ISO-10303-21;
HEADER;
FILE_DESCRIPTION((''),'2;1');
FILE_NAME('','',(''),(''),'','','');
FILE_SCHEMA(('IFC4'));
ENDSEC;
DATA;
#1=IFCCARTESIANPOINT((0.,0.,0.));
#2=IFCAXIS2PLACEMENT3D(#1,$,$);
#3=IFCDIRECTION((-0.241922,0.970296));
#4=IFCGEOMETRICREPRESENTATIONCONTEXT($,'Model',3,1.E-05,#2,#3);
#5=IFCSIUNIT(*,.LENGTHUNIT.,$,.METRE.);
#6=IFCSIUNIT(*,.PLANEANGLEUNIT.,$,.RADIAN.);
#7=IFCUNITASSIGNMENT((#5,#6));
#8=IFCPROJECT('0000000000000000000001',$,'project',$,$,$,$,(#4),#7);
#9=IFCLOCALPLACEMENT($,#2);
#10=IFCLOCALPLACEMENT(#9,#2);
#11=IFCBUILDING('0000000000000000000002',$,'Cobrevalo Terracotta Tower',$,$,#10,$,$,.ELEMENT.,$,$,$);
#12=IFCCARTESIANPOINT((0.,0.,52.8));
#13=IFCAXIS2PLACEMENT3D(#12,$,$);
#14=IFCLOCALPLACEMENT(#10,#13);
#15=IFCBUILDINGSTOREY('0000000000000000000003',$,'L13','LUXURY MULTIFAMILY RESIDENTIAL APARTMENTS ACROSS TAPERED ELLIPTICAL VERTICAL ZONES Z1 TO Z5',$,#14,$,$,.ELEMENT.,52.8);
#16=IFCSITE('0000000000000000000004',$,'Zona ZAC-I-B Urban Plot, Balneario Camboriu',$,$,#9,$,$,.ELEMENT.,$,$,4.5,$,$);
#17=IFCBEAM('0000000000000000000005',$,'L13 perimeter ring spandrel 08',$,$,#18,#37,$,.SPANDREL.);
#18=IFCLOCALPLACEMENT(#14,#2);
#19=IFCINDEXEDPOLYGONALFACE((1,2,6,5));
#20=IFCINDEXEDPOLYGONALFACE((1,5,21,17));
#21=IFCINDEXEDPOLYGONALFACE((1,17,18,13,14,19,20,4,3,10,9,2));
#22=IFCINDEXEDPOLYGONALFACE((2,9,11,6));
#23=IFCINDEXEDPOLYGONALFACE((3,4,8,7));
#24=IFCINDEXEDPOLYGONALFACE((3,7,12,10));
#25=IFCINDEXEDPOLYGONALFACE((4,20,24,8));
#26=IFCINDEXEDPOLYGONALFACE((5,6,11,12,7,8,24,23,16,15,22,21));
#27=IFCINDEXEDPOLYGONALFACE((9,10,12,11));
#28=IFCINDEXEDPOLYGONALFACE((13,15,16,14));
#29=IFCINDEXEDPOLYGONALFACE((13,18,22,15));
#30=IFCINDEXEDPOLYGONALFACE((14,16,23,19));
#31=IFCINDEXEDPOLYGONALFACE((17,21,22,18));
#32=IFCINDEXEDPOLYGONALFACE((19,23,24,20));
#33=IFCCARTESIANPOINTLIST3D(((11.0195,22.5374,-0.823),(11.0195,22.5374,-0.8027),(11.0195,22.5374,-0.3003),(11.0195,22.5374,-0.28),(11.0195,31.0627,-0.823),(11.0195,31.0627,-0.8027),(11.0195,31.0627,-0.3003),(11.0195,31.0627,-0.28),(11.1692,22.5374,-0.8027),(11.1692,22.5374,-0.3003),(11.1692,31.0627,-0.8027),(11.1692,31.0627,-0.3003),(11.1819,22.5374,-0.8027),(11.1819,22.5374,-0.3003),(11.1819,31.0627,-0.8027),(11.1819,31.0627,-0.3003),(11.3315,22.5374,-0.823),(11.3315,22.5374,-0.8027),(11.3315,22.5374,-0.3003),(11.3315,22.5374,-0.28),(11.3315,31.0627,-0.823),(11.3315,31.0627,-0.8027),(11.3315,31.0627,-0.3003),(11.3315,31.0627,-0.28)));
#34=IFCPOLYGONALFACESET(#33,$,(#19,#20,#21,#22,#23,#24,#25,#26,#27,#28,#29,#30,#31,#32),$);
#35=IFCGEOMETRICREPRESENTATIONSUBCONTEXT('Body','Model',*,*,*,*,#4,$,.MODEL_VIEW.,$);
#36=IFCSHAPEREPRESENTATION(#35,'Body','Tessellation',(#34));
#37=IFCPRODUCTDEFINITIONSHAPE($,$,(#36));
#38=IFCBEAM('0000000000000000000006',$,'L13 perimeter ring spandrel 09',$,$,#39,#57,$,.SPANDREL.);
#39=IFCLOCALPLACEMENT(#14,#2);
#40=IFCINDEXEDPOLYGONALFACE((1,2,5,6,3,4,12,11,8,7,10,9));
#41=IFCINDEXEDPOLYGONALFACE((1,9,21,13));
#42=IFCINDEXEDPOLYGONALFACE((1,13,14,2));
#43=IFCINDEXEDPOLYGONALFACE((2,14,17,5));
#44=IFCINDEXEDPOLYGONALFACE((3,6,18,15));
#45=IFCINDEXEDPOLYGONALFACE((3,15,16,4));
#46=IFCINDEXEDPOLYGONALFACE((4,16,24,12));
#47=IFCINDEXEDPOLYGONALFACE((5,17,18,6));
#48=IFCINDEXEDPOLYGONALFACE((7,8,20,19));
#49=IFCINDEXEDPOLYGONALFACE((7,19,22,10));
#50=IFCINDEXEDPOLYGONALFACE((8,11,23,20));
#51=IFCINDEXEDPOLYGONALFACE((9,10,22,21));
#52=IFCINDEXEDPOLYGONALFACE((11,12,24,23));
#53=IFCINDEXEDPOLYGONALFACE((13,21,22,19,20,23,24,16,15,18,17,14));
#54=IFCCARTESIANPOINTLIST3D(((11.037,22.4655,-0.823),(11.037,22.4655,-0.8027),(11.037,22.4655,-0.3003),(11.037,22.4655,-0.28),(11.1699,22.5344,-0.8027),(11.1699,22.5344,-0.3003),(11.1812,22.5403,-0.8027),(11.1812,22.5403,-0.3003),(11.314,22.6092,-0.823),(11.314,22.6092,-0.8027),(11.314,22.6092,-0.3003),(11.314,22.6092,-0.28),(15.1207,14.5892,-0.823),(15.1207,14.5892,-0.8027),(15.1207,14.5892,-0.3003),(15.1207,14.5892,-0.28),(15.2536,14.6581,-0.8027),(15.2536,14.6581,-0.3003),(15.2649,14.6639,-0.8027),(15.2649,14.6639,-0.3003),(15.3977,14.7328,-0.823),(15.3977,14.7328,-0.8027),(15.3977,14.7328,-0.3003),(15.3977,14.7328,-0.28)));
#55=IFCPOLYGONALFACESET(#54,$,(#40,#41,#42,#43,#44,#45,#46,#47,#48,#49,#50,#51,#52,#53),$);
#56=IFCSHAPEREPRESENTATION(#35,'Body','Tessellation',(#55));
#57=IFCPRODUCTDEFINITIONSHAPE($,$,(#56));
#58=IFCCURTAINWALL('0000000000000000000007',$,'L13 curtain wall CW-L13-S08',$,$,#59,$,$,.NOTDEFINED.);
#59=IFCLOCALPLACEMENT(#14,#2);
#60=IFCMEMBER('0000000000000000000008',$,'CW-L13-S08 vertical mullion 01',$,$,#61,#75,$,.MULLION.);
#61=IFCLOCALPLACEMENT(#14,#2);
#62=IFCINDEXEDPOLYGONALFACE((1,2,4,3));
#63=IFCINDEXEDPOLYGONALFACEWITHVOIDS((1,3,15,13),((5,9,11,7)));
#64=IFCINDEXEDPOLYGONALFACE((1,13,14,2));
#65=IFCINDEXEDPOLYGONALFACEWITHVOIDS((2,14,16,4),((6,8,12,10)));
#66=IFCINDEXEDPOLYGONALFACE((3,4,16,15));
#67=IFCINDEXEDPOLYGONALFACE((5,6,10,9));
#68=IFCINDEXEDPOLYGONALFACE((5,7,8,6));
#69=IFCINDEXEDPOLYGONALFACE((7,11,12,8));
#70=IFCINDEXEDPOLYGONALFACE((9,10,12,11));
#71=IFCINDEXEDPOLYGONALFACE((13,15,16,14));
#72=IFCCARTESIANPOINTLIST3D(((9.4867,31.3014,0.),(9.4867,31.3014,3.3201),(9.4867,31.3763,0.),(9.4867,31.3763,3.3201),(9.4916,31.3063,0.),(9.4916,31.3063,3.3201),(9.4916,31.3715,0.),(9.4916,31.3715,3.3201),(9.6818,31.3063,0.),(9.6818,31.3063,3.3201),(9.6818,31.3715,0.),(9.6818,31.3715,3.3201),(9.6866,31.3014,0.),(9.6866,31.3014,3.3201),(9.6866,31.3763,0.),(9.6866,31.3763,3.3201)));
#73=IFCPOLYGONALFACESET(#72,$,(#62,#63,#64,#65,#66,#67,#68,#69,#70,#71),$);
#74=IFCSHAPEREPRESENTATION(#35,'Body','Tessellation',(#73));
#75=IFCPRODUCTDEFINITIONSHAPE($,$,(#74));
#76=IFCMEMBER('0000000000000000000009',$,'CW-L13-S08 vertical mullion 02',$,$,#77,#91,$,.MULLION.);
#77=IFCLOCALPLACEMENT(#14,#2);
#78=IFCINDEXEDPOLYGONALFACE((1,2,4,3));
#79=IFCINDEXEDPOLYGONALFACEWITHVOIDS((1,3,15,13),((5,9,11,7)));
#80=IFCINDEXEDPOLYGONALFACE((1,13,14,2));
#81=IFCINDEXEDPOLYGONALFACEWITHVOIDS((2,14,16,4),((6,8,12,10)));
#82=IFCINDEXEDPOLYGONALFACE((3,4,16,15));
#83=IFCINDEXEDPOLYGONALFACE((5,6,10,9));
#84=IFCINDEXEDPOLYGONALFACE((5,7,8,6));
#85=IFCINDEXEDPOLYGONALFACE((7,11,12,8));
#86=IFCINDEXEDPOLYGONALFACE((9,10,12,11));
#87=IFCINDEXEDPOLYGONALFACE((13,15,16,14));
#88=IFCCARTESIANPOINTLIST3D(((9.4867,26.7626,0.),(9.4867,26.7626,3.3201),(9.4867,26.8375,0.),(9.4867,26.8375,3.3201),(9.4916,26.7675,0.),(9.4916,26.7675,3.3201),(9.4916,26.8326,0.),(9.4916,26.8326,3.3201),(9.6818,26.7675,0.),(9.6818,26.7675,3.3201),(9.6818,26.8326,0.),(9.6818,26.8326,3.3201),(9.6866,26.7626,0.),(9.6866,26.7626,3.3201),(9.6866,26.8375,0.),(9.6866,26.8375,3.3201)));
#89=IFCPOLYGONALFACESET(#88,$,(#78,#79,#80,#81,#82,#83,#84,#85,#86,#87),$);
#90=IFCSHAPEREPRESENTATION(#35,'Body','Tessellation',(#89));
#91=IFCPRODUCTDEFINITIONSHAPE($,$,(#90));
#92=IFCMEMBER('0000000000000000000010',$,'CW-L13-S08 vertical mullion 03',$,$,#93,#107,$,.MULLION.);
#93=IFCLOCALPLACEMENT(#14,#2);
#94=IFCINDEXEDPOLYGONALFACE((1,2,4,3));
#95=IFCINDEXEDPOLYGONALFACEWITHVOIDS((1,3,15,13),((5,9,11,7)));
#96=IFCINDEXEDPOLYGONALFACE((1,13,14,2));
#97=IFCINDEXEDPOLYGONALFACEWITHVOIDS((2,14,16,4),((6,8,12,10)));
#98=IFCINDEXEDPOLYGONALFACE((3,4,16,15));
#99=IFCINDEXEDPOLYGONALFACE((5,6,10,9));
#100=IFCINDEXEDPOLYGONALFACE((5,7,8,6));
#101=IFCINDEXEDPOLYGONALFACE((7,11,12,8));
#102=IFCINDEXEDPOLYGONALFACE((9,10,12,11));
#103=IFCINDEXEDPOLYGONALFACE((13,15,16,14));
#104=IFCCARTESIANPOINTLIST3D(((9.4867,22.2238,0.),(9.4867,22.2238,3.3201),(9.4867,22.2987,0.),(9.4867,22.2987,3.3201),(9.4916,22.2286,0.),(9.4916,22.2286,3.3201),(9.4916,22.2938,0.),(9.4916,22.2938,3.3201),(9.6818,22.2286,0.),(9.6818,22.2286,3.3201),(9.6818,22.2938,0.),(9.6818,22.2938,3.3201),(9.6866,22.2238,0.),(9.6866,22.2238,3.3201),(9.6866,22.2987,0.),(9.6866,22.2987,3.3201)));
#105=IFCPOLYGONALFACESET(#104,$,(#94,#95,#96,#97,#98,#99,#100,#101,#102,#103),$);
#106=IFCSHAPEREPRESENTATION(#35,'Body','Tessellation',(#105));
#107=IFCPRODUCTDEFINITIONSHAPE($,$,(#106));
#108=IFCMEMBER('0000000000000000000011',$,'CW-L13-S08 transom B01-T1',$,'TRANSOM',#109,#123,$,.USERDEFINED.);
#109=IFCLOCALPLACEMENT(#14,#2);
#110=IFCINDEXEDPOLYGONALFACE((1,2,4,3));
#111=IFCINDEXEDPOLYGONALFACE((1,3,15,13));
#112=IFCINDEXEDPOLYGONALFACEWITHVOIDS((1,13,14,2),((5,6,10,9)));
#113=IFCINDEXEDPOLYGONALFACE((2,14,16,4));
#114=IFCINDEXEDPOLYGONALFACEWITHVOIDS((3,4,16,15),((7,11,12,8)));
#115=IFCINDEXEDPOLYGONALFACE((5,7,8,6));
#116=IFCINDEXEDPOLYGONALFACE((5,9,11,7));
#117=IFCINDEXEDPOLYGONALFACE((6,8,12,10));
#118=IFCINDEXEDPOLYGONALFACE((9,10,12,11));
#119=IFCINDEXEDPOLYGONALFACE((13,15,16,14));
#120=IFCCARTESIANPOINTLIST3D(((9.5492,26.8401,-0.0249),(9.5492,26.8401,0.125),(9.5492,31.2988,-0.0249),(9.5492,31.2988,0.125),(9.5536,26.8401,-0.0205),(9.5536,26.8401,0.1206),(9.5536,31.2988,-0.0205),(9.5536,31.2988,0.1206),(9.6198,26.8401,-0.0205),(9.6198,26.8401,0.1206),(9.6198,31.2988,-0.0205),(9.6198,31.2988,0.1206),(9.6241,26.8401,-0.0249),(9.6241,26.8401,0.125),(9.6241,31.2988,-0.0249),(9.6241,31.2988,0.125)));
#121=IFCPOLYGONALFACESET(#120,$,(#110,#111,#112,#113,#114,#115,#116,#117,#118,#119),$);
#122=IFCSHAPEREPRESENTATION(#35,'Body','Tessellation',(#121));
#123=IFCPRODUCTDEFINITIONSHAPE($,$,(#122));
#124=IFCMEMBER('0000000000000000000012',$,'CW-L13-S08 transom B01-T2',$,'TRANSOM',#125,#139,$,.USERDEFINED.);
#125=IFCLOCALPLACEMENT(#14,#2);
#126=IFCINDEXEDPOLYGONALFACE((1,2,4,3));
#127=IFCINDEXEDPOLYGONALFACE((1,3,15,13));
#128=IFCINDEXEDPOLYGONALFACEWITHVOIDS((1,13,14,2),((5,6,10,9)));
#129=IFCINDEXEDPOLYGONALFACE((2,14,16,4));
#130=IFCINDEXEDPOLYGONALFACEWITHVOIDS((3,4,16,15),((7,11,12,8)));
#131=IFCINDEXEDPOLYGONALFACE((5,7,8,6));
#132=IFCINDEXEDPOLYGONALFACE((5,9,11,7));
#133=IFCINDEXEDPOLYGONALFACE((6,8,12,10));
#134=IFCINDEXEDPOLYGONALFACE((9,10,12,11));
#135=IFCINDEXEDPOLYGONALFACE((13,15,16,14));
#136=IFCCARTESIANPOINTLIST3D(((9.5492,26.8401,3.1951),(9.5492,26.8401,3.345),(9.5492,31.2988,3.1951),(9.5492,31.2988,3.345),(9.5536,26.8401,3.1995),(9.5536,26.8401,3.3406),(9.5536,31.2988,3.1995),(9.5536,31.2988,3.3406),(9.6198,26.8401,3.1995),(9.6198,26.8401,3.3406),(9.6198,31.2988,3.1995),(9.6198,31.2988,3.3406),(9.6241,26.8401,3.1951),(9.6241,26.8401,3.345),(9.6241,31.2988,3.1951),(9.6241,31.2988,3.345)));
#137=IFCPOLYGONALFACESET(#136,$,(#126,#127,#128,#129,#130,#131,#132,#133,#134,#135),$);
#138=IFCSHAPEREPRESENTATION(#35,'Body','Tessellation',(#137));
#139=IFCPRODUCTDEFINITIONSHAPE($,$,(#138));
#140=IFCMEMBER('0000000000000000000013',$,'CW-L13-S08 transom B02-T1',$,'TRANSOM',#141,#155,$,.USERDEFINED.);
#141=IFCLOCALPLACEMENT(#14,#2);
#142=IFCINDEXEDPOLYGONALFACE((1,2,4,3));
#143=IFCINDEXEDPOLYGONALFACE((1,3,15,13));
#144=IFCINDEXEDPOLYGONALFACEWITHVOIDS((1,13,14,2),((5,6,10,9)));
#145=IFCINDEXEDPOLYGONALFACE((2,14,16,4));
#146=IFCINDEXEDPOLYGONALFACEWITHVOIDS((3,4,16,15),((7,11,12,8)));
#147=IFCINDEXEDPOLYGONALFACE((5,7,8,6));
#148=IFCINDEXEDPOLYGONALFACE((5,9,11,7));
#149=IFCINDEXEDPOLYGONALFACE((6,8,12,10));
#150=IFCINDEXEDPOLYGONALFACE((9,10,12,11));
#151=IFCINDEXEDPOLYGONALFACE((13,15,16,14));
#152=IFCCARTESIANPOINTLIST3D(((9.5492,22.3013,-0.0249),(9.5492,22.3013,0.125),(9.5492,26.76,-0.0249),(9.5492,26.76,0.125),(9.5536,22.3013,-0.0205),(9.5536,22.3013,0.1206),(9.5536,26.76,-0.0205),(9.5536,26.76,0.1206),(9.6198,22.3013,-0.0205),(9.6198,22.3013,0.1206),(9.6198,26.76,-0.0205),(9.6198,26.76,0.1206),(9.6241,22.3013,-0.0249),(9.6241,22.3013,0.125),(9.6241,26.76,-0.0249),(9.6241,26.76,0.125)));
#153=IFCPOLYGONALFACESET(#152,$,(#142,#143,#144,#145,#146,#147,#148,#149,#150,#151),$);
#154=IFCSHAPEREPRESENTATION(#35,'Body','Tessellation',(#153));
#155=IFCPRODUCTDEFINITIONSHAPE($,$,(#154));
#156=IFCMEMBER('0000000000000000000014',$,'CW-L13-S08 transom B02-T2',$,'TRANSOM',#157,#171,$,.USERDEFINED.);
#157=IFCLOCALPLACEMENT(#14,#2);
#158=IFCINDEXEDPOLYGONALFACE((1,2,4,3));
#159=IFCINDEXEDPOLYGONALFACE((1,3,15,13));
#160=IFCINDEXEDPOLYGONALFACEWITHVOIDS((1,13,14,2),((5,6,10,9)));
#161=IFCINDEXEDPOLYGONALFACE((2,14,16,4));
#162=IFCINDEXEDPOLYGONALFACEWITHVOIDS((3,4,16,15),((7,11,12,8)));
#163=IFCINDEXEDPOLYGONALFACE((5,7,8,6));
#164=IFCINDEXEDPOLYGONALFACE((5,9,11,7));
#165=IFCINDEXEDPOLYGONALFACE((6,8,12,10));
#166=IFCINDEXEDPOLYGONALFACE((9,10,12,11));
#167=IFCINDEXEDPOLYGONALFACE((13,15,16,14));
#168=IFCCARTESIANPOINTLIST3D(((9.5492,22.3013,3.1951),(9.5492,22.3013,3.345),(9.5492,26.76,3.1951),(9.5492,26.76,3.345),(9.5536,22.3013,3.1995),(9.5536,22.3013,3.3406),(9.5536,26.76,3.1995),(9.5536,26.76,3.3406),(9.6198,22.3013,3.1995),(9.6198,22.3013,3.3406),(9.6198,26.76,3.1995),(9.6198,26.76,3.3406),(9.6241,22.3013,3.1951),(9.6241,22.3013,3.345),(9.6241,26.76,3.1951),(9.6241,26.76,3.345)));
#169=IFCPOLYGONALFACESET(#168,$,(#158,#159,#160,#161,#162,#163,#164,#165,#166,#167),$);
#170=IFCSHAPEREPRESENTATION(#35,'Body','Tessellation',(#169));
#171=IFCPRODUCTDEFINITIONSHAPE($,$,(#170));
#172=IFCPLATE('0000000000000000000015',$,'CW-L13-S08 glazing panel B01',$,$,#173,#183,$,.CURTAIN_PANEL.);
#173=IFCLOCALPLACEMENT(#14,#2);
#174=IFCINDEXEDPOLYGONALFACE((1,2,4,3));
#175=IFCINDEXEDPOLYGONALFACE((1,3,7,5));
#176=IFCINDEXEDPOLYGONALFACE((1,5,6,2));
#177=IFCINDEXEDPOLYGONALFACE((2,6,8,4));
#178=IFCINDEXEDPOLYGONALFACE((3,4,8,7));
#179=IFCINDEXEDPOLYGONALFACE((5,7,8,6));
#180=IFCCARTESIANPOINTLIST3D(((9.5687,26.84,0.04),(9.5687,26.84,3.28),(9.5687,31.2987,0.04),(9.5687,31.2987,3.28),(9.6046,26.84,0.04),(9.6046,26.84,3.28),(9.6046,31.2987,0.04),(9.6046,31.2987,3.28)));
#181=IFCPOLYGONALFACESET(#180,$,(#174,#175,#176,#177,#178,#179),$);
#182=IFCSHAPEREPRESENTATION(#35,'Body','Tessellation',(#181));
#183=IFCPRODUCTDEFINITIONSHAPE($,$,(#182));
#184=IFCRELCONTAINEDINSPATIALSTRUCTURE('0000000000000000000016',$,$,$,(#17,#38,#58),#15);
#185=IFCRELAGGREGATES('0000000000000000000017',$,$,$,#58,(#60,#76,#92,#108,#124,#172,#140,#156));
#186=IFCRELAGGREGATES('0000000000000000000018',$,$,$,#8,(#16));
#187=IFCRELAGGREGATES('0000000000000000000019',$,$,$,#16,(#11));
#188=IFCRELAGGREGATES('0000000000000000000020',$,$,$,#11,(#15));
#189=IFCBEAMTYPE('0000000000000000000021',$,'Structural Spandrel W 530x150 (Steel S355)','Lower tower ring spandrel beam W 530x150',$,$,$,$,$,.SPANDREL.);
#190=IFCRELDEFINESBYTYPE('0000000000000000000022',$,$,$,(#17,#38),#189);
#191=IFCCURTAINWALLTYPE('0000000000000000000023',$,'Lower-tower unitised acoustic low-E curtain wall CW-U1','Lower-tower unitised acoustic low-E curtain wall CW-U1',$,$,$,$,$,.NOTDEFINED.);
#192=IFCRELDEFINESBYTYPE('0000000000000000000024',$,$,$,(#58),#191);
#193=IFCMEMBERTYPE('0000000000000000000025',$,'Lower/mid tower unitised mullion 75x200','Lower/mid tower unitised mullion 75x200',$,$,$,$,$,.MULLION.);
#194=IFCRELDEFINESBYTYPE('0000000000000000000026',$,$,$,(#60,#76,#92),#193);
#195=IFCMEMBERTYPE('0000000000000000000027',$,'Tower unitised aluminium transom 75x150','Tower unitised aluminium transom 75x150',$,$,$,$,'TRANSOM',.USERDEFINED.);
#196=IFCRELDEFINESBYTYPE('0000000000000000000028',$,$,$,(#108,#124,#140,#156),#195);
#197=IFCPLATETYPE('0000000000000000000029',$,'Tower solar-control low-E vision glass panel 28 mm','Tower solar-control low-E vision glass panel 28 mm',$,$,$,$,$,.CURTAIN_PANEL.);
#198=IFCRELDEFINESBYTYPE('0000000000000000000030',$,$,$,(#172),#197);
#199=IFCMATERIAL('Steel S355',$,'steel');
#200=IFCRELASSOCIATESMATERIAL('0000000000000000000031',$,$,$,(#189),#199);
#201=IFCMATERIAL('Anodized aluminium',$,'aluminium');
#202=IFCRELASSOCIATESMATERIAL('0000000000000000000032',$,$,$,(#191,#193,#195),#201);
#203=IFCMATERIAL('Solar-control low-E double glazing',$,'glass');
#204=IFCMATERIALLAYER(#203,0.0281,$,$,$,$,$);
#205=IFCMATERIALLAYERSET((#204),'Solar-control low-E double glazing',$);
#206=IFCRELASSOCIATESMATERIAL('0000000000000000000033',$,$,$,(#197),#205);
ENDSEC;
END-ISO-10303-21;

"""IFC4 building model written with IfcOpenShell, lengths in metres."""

from ifc_helpers import new_model, si_unit, direction, frame, origin, origin_2d, place, context, subcontext, project, spatial, rectangle, hollow_rectangle, i_section, extrude, source, transform, mapped, material, layer, layer_set, material_profile, profile_set, type_object, element, aggregate, save


model = new_model("IFC4")

# Units and contexts
model_context = context("Model", 3, precision=1e-05, world=origin(), true_north=direction((-0.241922, 0.970296)))
body_context = subcontext(model_context, "Body", "Model", "MODEL_VIEW")
ifc_project = project(units=[si_unit("LENGTHUNIT", "METRE"), si_unit("PLANEANGLEUNIT", "RADIAN")], contexts=[model_context])

# Site, building, storey
site_placement = place(None, origin())
site = spatial("IfcSite", under=ifc_project, at=site_placement, Name="Zona ZAC-I-B Urban Plot, Balneario Camboriu", CompositionType="ELEMENT", RefElevation=4.5)
building_placement = place(site_placement, origin())
building = spatial("IfcBuilding", under=site, at=building_placement, Name="Cobrevalo Terracotta Tower", CompositionType="ELEMENT")
storey_placement = place(building_placement, frame((0.0, 0.0, 52.8)))
storey = spatial("IfcBuildingStorey", under=building, at=storey_placement, Name="L13", Description="LUXURY MULTIFAMILY RESIDENTIAL APARTMENTS ACROSS TAPERED ELLIPTICAL VERTICAL ZONES Z1 TO Z5", CompositionType="ELEMENT", Elevation=52.8)

# Shared definitions
ifc_material_1 = material(Name="Steel S355", Category="steel")

# Beams
ifc_material_profile_1 = material_profile(ifc_material_1, i_section(OverallWidth=0.312, OverallDepth=0.543, WebThickness=0.0127, FlangeThickness=0.0203, at=origin_2d()), Name="W 530x150")
ifc_profile_set_1 = profile_set([ifc_material_profile_1], Name="Steel S355")
beam_type_1 = type_object("IfcBeamType", Name="Structural Spandrel W 530x150 (Steel S355)", Description="Lower tower ring spandrel beam W 530x150", PredefinedType="SPANDREL", material=ifc_profile_set_1)
beam_1_placement = place(storey_placement, frame((11.1755, 31.0627, -0.5515), z_axis=(0.0, -1.0, 0.0), x_axis=(1.0, 0.0, 0.0)))
element("IfcBeam", 1, at=beam_1_placement, inside=storey, type_object=beam_type_1, Name="L13 perimeter ring spandrel 08", PredefinedType="SPANDREL", context=body_context, shape_type="SweptSolid", body=[
    extrude(i_section(OverallWidth=0.312, OverallDepth=0.543, WebThickness=0.0127, FlangeThickness=0.0203, at=origin_2d()), origin(), (0.0, 0.0, 1.0), 8.5254),
])
beam_2_placement = place(storey_placement, frame((11.1755, 22.5374, -0.5515), z_axis=(0.460286, -0.887771, 0.0), x_axis=(0.887771, 0.460286, 0.0)))
element("IfcBeam", 2, at=beam_2_placement, inside=storey, type_object=beam_type_1, Name="L13 perimeter ring spandrel 09", PredefinedType="SPANDREL", context=body_context, shape_type="SweptSolid", body=[
    extrude(i_section(OverallWidth=0.312, OverallDepth=0.543, WebThickness=0.0127, FlangeThickness=0.0203, at=origin_2d()), origin(), (0.0, 0.0, 1.0), 8.8721),
])

# Curtain wall, members, plate
ifc_material_2 = material(Name="Anodized aluminium", Category="aluminium")
curtain_wall_type = type_object("IfcCurtainWallType", Name="Lower-tower unitised acoustic low-E curtain wall CW-U1", Description="Lower-tower unitised acoustic low-E curtain wall CW-U1", PredefinedType="NOTDEFINED", material=ifc_material_2)
curtain_wall_placement = place(storey_placement, origin())
curtain_wall = element("IfcCurtainWall", 3, at=curtain_wall_placement, inside=storey, type_object=curtain_wall_type, Name="L13 curtain wall CW-L13-S08", PredefinedType="NOTDEFINED")
ifc_material_profile_2 = material_profile(ifc_material_2, hollow_rectangle(XDim=0.075, YDim=0.2, WallThickness=0.0049, at=origin_2d()), Name="CWM 75x200")
ifc_profile_set_2 = profile_set([ifc_material_profile_2], Name="Anodized aluminium")
member_type_1 = type_object("IfcMemberType", Name="Lower/mid tower unitised mullion 75x200", Description="Lower/mid tower unitised mullion 75x200", PredefinedType="MULLION", material=ifc_profile_set_2)
shared_shape_1 = source(origin(), body_context, "Body", "SweptSolid", [
    extrude(hollow_rectangle(XDim=0.075, YDim=0.2, WallThickness=0.0049, at=origin_2d()), origin(), (0.0, 0.0, 1.0), 3.3201),
])
member_1_placement = place(storey_placement, frame((9.5867, 31.3389, 0.0), z_axis=(0.0, 0.0, 1.0), x_axis=(0.0, -1.0, 0.0)))
member_1 = element("IfcMember", 4, at=member_1_placement, type_object=member_type_1, Name="CW-L13-S08 vertical mullion 01", PredefinedType="MULLION", context=body_context, shape_type="MappedRepresentation", body=[
    mapped(shared_shape_1, transform((0.0, 0.0, 0.0), scale=1.0)),
])
member_2_placement = place(storey_placement, frame((9.5867, 26.8, 0.0), z_axis=(0.0, 0.0, 1.0), x_axis=(0.0, -1.0, 0.0)))
member_2 = element("IfcMember", 5, at=member_2_placement, type_object=member_type_1, Name="CW-L13-S08 vertical mullion 02", PredefinedType="MULLION", context=body_context, shape_type="MappedRepresentation", body=[
    mapped(shared_shape_1, transform((0.0, 0.0, 0.0), scale=1.0)),
])
member_3_placement = place(storey_placement, frame((9.5867, 22.2612, 0.0), z_axis=(0.0, 0.0, 1.0), x_axis=(0.0, -1.0, 0.0)))
member_3 = element("IfcMember", 6, at=member_3_placement, type_object=member_type_1, Name="CW-L13-S08 vertical mullion 03", PredefinedType="MULLION", context=body_context, shape_type="MappedRepresentation", body=[
    mapped(shared_shape_1, transform((0.0, 0.0, 0.0), scale=1.0)),
])
ifc_material_profile_3 = material_profile(ifc_material_2, hollow_rectangle(XDim=0.075, YDim=0.1499, WallThickness=0.0044, at=origin_2d()), Name="CWT 75x150")
ifc_profile_set_3 = profile_set([ifc_material_profile_3], Name="Anodized aluminium")
member_type_2 = type_object("IfcMemberType", Name="Tower unitised aluminium transom 75x150", Description="Tower unitised aluminium transom 75x150", ElementType="TRANSOM", PredefinedType="USERDEFINED", material=ifc_profile_set_3)
shared_shape_2 = source(origin(), body_context, "Body", "SweptSolid", [
    extrude(hollow_rectangle(XDim=0.075, YDim=0.1499, WallThickness=0.0044, at=origin_2d()), origin(), (0.0, 0.0, 1.0), 4.4587),
])
member_4_placement = place(storey_placement, frame((9.5867, 31.2988, 0.05), z_axis=(0.0, -1.0, 0.0), x_axis=(1.0, 0.0, 0.0)))
member_4 = element("IfcMember", 7, at=member_4_placement, type_object=member_type_2, Name="CW-L13-S08 transom B01-T1", ObjectType="TRANSOM", PredefinedType="USERDEFINED", context=body_context, shape_type="MappedRepresentation", body=[
    mapped(shared_shape_2, transform((0.0, 0.0, 0.0), scale=1.0)),
])
member_5_placement = place(storey_placement, frame((9.5867, 31.2988, 3.27), z_axis=(0.0, -1.0, 0.0), x_axis=(1.0, 0.0, 0.0)))
member_5 = element("IfcMember", 8, at=member_5_placement, type_object=member_type_2, Name="CW-L13-S08 transom B01-T2", ObjectType="TRANSOM", PredefinedType="USERDEFINED", context=body_context, shape_type="MappedRepresentation", body=[
    mapped(shared_shape_2, transform((0.0, 0.0, 0.0), scale=1.0)),
])
member_6_placement = place(storey_placement, frame((9.5867, 26.76, 0.05), z_axis=(0.0, -1.0, 0.0), x_axis=(1.0, 0.0, 0.0)))
member_6 = element("IfcMember", 9, at=member_6_placement, type_object=member_type_2, Name="CW-L13-S08 transom B02-T1", ObjectType="TRANSOM", PredefinedType="USERDEFINED", context=body_context, shape_type="MappedRepresentation", body=[
    mapped(shared_shape_2, transform((0.0, 0.0, 0.0), scale=1.0)),
])
member_7_placement = place(storey_placement, frame((9.5867, 26.76, 3.27), z_axis=(0.0, -1.0, 0.0), x_axis=(1.0, 0.0, 0.0)))
member_7 = element("IfcMember", 10, at=member_7_placement, type_object=member_type_2, Name="CW-L13-S08 transom B02-T2", ObjectType="TRANSOM", PredefinedType="USERDEFINED", context=body_context, shape_type="MappedRepresentation", body=[
    mapped(shared_shape_2, transform((0.0, 0.0, 0.0), scale=1.0)),
])
ifc_material_3 = material(Name="Solar-control low-E double glazing", Category="glass")
ifc_layer_1 = layer(ifc_material_3, 0.0281)
ifc_layer_set_1 = layer_set([ifc_layer_1], Name="Solar-control low-E double glazing")
plate_type = type_object("IfcPlateType", Name="Tower solar-control low-E vision glass panel 28 mm", Description="Tower solar-control low-E vision glass panel 28 mm", PredefinedType="CURTAIN_PANEL", material=ifc_layer_set_1)
shared_shape_3 = source(origin(), body_context, "Body", "SweptSolid", [
    extrude(rectangle(XDim=4.4587, YDim=0.0359, at=origin_2d()), origin(), (0.0, 0.0, 1.0), 3.24),
])
plate_1_placement = place(storey_placement, frame((9.5867, 29.0693, 0.04), z_axis=(0.0, 0.0, 1.0), x_axis=(0.0, -1.0, 0.0)))
plate_1 = element("IfcPlate", 11, at=plate_1_placement, type_object=plate_type, Name="CW-L13-S08 glazing panel B01", PredefinedType="CURTAIN_PANEL", context=body_context, shape_type="MappedRepresentation", body=[
    mapped(shared_shape_3, transform((0.0, 0.0, 0.0), scale=1.0)),
])
aggregate(curtain_wall, [member_1, member_2, member_3, member_4, member_5, plate_1, member_6, member_7])

save(model, "model.ifc")
